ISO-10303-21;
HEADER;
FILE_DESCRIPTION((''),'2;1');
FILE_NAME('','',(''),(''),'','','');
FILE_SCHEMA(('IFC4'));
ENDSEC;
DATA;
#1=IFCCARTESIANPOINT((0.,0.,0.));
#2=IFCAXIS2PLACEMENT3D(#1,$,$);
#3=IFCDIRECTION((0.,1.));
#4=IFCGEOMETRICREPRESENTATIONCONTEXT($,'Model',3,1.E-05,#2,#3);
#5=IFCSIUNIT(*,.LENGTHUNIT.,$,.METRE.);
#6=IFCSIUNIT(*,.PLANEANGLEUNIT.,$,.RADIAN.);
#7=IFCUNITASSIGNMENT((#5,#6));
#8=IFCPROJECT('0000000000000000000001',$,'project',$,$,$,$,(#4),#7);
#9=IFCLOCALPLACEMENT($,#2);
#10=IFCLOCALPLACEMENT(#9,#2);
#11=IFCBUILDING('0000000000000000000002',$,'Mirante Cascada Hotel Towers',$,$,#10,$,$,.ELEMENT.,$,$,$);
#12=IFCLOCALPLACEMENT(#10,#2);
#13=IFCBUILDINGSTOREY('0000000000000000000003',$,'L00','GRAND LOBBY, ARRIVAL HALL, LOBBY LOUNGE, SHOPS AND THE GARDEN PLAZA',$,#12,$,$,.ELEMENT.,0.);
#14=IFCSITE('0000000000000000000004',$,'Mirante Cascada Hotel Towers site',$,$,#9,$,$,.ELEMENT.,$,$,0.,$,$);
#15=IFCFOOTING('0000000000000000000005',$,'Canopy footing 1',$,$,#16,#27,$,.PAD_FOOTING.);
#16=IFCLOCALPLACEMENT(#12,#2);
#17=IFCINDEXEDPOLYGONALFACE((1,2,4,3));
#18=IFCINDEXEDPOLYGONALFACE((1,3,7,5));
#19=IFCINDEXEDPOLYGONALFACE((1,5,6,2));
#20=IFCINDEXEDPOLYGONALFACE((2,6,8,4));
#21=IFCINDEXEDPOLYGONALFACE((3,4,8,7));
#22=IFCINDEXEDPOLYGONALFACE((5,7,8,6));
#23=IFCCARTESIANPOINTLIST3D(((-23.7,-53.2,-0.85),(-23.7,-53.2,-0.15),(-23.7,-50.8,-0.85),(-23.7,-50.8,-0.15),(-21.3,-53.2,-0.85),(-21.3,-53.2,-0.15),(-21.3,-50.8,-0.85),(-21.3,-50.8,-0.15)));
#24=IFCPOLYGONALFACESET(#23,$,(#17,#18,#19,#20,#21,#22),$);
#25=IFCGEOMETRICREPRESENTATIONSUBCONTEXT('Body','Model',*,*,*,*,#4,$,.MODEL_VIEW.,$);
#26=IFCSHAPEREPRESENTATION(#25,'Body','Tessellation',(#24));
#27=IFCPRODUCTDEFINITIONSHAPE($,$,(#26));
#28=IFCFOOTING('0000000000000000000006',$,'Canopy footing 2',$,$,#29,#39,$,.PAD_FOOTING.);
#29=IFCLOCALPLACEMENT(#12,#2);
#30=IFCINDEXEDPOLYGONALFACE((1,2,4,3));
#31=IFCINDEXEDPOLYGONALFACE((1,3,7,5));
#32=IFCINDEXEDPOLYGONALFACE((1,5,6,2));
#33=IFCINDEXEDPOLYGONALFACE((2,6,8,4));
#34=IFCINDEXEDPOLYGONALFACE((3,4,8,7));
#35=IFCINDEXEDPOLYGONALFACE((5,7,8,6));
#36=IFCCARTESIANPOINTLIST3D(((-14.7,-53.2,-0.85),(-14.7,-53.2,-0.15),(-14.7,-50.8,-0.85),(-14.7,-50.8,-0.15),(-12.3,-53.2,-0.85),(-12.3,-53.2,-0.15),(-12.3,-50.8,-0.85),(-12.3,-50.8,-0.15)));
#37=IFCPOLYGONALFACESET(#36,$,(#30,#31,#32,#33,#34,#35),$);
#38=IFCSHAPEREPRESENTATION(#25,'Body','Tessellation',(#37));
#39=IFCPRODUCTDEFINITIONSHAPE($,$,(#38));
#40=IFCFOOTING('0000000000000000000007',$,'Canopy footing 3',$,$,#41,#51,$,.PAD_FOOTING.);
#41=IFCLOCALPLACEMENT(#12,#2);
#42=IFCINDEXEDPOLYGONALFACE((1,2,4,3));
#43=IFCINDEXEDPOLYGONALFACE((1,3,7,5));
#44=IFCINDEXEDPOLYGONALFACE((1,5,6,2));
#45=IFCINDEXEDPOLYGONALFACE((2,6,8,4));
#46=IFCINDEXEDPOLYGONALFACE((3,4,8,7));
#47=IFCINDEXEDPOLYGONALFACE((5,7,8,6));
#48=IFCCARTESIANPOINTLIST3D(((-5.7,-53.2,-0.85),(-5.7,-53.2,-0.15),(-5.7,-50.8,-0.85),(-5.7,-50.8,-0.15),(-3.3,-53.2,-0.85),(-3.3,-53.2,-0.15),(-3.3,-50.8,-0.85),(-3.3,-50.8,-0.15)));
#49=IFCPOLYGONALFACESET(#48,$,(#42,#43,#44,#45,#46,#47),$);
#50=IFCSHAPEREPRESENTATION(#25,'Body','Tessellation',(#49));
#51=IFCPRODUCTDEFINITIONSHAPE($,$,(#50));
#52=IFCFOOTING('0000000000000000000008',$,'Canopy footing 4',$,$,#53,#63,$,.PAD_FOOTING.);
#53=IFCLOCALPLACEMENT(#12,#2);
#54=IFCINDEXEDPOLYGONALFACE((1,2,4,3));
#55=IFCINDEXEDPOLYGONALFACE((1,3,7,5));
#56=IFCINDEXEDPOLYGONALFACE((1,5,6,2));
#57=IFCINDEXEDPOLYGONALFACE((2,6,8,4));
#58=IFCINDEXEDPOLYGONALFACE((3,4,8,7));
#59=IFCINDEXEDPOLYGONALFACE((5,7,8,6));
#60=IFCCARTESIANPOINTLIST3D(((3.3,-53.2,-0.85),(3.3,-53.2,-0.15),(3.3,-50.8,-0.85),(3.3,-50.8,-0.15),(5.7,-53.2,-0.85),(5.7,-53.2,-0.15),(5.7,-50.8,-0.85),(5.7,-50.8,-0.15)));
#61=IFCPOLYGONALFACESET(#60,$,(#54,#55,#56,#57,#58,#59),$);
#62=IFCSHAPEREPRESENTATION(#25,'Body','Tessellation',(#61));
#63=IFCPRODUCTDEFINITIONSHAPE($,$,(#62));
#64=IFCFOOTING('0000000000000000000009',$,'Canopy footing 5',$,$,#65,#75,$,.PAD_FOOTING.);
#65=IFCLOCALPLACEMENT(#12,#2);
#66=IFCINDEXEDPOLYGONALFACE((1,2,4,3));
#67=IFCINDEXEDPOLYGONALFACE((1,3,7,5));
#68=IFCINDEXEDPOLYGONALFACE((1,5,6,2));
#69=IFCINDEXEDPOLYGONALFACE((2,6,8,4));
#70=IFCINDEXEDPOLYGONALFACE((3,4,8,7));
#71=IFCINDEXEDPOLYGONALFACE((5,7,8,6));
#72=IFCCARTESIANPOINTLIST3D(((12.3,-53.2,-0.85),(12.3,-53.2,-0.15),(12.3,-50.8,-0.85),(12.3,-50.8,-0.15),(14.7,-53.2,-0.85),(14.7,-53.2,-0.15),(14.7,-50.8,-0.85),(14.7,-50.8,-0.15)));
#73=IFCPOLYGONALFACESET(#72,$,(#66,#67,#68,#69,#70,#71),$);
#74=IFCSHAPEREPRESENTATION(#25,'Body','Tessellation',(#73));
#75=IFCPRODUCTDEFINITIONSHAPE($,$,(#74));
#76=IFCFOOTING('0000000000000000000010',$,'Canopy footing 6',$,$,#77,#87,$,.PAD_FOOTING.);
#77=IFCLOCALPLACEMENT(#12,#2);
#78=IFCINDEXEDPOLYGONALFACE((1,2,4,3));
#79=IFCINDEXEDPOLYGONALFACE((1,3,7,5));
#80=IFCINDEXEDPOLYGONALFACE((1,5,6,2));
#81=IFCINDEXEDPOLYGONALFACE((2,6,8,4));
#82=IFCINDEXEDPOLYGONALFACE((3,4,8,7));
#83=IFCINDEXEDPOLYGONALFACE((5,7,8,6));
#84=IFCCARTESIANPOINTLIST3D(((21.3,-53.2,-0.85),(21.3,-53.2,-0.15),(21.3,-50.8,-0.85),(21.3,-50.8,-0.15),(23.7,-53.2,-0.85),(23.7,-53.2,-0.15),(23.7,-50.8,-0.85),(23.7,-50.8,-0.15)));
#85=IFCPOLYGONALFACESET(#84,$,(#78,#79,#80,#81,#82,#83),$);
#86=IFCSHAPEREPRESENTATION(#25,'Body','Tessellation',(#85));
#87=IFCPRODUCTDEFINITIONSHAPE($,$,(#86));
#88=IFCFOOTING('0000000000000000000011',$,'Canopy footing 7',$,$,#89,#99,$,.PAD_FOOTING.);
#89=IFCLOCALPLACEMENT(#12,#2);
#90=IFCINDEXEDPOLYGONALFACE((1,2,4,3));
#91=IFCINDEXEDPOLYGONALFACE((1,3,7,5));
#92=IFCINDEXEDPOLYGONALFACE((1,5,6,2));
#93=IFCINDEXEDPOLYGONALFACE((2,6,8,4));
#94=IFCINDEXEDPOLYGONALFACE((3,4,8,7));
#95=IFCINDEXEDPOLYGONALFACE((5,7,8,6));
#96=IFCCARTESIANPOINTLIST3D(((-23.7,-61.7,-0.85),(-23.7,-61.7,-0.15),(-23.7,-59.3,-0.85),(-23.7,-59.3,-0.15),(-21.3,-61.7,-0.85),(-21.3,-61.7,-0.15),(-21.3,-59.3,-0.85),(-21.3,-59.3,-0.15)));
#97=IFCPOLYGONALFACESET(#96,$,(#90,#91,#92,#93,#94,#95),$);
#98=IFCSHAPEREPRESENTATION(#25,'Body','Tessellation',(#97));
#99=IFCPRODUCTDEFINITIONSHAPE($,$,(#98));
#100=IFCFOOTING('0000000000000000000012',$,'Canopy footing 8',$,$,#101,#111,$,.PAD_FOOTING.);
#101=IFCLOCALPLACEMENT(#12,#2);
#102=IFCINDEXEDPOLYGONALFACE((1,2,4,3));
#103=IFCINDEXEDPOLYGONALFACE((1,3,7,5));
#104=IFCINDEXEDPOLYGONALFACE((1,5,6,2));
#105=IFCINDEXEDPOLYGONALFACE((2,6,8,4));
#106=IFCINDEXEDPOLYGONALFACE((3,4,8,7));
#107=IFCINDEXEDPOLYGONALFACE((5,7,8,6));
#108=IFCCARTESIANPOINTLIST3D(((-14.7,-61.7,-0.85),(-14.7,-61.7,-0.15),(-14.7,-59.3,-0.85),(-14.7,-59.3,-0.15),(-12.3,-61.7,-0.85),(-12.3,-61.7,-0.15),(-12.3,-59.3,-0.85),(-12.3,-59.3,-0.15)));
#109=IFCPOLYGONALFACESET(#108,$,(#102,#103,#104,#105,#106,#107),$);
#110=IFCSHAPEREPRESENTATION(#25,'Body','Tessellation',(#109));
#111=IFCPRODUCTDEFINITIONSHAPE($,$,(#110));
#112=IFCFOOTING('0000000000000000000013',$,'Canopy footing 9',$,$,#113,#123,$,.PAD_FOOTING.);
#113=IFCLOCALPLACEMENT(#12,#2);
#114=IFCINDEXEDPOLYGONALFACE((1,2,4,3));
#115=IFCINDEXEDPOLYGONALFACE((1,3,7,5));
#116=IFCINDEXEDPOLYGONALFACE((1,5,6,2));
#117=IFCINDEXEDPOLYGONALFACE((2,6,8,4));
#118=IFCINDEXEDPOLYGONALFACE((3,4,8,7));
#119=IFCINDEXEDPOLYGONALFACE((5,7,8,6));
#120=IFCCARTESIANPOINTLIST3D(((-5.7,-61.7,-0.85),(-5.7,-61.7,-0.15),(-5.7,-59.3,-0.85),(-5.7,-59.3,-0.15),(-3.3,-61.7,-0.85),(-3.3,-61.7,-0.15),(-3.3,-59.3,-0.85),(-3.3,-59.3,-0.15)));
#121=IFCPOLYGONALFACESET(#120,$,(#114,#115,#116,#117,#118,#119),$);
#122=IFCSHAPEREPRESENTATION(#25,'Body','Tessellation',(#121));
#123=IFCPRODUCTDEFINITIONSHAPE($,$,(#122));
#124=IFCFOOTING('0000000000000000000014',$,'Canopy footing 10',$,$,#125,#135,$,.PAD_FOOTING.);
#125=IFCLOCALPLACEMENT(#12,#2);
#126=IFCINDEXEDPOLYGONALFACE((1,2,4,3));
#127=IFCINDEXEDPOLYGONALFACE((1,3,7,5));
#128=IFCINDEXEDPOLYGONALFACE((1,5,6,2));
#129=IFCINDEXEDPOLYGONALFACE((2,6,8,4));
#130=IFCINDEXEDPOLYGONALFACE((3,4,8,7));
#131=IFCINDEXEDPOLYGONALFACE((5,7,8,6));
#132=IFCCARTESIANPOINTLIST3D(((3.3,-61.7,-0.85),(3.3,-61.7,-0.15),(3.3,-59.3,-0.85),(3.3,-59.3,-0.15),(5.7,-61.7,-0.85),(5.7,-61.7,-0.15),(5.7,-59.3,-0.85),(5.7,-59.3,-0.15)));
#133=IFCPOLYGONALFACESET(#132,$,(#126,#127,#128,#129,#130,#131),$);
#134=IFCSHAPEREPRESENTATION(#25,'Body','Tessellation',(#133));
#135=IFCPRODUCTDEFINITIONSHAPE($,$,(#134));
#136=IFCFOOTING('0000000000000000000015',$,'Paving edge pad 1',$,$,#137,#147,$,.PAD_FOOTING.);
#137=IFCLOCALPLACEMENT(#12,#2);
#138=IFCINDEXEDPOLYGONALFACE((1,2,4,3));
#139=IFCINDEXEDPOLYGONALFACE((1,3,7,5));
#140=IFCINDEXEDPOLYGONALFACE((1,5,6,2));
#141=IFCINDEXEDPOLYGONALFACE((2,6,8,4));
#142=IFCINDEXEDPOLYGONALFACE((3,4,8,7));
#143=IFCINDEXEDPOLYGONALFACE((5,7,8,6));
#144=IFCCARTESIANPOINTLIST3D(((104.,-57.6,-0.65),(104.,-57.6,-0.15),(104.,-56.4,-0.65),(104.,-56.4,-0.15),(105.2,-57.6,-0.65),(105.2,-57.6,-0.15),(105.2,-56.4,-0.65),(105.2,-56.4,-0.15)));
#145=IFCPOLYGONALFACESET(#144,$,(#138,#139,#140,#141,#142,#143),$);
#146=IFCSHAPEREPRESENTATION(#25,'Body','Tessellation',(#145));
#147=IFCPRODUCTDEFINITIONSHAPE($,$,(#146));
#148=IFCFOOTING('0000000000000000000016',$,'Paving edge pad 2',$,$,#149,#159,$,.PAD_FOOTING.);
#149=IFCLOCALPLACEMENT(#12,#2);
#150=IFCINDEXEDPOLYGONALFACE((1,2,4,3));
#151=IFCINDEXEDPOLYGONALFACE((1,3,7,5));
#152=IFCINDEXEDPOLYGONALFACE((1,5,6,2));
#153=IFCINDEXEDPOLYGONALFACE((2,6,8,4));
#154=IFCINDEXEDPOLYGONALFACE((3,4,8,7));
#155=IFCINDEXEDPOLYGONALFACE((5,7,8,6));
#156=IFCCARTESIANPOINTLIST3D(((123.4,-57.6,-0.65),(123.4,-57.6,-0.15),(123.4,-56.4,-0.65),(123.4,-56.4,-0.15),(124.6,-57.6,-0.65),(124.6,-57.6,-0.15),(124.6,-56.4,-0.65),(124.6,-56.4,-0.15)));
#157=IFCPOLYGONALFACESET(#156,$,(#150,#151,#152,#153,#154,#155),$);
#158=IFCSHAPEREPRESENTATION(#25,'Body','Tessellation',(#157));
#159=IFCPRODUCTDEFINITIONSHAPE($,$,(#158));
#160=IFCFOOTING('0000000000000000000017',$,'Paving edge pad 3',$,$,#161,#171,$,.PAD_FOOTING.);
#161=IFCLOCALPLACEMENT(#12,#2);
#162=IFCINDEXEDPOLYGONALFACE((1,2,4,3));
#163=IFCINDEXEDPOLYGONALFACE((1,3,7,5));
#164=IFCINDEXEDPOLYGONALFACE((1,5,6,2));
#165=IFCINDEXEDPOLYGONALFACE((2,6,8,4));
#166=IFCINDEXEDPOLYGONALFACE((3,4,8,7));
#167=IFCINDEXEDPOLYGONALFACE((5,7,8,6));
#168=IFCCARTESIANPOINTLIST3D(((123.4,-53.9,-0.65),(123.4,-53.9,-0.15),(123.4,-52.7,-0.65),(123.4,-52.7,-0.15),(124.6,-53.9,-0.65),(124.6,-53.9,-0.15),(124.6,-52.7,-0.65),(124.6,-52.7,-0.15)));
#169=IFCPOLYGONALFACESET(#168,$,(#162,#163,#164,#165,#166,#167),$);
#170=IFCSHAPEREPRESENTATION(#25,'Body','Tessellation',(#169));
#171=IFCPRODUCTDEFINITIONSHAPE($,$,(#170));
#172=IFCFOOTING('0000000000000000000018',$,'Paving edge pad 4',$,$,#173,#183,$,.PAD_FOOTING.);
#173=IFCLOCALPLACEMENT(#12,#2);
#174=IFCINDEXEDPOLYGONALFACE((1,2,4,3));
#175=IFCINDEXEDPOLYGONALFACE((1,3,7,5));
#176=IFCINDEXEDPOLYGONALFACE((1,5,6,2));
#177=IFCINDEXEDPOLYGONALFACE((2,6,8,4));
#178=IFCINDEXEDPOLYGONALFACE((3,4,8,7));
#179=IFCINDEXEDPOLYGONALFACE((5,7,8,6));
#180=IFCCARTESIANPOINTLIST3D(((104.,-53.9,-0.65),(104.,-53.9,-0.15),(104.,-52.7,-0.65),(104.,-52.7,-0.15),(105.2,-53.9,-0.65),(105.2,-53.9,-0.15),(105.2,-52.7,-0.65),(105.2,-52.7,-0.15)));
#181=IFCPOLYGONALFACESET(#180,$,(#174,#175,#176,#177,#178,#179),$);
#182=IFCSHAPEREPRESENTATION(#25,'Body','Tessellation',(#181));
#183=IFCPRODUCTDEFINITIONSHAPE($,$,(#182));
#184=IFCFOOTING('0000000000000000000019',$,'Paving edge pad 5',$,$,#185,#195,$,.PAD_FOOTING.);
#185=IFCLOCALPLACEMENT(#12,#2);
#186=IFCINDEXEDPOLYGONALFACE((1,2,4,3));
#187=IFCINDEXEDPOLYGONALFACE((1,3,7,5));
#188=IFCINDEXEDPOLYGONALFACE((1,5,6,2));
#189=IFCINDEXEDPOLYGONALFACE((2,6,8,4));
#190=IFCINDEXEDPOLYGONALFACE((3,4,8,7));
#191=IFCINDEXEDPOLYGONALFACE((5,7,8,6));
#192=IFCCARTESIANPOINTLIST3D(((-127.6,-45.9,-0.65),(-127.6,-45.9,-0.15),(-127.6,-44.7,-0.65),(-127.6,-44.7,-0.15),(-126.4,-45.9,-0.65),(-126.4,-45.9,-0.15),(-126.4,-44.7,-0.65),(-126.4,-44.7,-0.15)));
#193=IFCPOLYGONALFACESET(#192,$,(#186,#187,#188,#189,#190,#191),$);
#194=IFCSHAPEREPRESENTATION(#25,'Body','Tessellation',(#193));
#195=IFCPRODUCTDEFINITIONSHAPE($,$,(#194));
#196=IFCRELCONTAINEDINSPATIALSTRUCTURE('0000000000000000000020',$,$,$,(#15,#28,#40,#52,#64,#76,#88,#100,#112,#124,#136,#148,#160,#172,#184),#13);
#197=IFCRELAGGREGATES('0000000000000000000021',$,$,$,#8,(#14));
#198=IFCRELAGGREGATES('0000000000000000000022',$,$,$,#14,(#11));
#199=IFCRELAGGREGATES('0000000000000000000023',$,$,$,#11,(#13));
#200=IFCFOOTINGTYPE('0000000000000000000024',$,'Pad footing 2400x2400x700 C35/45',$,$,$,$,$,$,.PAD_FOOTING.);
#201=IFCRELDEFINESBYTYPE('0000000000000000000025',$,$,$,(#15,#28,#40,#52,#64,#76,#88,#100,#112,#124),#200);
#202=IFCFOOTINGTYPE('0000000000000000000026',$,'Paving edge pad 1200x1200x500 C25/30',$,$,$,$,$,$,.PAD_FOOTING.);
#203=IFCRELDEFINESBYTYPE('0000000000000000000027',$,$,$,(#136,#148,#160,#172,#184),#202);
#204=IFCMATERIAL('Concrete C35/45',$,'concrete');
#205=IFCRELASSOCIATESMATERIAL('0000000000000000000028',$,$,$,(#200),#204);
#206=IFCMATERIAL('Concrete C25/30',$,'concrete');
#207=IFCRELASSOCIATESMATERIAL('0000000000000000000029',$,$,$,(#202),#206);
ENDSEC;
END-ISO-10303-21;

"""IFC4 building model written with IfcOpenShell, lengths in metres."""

from ifc_helpers import new_model, si_unit, direction, frame, origin, place, context, subcontext, project, spatial, polyline, outline, extrude, material, type_object, element, save


model = new_model("IFC4")

# Units and contexts
model_context = context("Model", 3, precision=1e-05, world=origin(), true_north=direction((0.0, 1.0)))
body_context = subcontext(model_context, "Body", "Model", "MODEL_VIEW")
ifc_project = project(units=[si_unit("LENGTHUNIT", "METRE"), si_unit("PLANEANGLEUNIT", "RADIAN")], contexts=[model_context])

# Site, building, storey
site_placement = place(None, origin())
site = spatial("IfcSite", under=ifc_project, at=site_placement, Name="Mirante Cascada Hotel Towers site", CompositionType="ELEMENT", RefElevation=0.0)
building_placement = place(site_placement, origin())
building = spatial("IfcBuilding", under=site, at=building_placement, Name="Mirante Cascada Hotel Towers", CompositionType="ELEMENT")
storey_placement = place(building_placement, origin())
storey = spatial("IfcBuildingStorey", under=building, at=storey_placement, Name="L00", Description="GRAND LOBBY, ARRIVAL HALL, LOBBY LOUNGE, SHOPS AND THE GARDEN PLAZA", CompositionType="ELEMENT", Elevation=0.0)

# Footings
ifc_material_1 = material(Name="Concrete C35/45", Category="concrete")
footing_type_1 = type_object("IfcFootingType", Name="Pad footing 2400x2400x700 C35/45", PredefinedType="PAD_FOOTING", material=ifc_material_1)
footing_1_placement = place(storey_placement, frame((0.0, 0.0, -0.85)))
element("IfcFooting", 1, at=footing_1_placement, inside=storey, type_object=footing_type_1, Name="Canopy footing 1", PredefinedType="PAD_FOOTING", context=body_context, shape_type="SweptSolid", body=[
    extrude(outline(polyline([(-23.7, -53.2), (-21.3, -53.2), (-21.3, -50.8), (-23.7, -50.8), (-23.7, -53.2)])), origin(), (0.0, 0.0, 1.0), 0.7),
])
footing_2_placement = place(storey_placement, frame((0.0, 0.0, -0.85)))
element("IfcFooting", 2, at=footing_2_placement, inside=storey, type_object=footing_type_1, Name="Canopy footing 2", PredefinedType="PAD_FOOTING", context=body_context, shape_type="SweptSolid", body=[
    extrude(outline(polyline([(-14.7, -53.2), (-12.3, -53.2), (-12.3, -50.8), (-14.7, -50.8), (-14.7, -53.2)])), origin(), (0.0, 0.0, 1.0), 0.7),
])
footing_3_placement = place(storey_placement, frame((0.0, 0.0, -0.85)))
element("IfcFooting", 3, at=footing_3_placement, inside=storey, type_object=footing_type_1, Name="Canopy footing 3", PredefinedType="PAD_FOOTING", context=body_context, shape_type="SweptSolid", body=[
    extrude(outline(polyline([(-5.7, -53.2), (-3.3, -53.2), (-3.3, -50.8), (-5.7, -50.8), (-5.7, -53.2)])), origin(), (0.0, 0.0, 1.0), 0.7),
])
footing_4_placement = place(storey_placement, frame((0.0, 0.0, -0.85)))
element("IfcFooting", 4, at=footing_4_placement, inside=storey, type_object=footing_type_1, Name="Canopy footing 4", PredefinedType="PAD_FOOTING", context=body_context, shape_type="SweptSolid", body=[
    extrude(outline(polyline([(3.3, -53.2), (5.7, -53.2), (5.7, -50.8), (3.3, -50.8), (3.3, -53.2)])), origin(), (0.0, 0.0, 1.0), 0.7),
])
footing_5_placement = place(storey_placement, frame((0.0, 0.0, -0.85)))
element("IfcFooting", 5, at=footing_5_placement, inside=storey, type_object=footing_type_1, Name="Canopy footing 5", PredefinedType="PAD_FOOTING", context=body_context, shape_type="SweptSolid", body=[
    extrude(outline(polyline([(12.3, -53.2), (14.7, -53.2), (14.7, -50.8), (12.3, -50.8), (12.3, -53.2)])), origin(), (0.0, 0.0, 1.0), 0.7),
])
footing_6_placement = place(storey_placement, frame((0.0, 0.0, -0.85)))
element("IfcFooting", 6, at=footing_6_placement, inside=storey, type_object=footing_type_1, Name="Canopy footing 6", PredefinedType="PAD_FOOTING", context=body_context, shape_type="SweptSolid", body=[
    extrude(outline(polyline([(21.3, -53.2), (23.7, -53.2), (23.7, -50.8), (21.3, -50.8), (21.3, -53.2)])), origin(), (0.0, 0.0, 1.0), 0.7),
])
footing_7_placement = place(storey_placement, frame((0.0, 0.0, -0.85)))
element("IfcFooting", 7, at=footing_7_placement, inside=storey, type_object=footing_type_1, Name="Canopy footing 7", PredefinedType="PAD_FOOTING", context=body_context, shape_type="SweptSolid", body=[
    extrude(outline(polyline([(-23.7, -61.7), (-21.3, -61.7), (-21.3, -59.3), (-23.7, -59.3), (-23.7, -61.7)])), origin(), (0.0, 0.0, 1.0), 0.7),
])
footing_8_placement = place(storey_placement, frame((0.0, 0.0, -0.85)))
element("IfcFooting", 8, at=footing_8_placement, inside=storey, type_object=footing_type_1, Name="Canopy footing 8", PredefinedType="PAD_FOOTING", context=body_context, shape_type="SweptSolid", body=[
    extrude(outline(polyline([(-14.7, -61.7), (-12.3, -61.7), (-12.3, -59.3), (-14.7, -59.3), (-14.7, -61.7)])), origin(), (0.0, 0.0, 1.0), 0.7),
])
footing_9_placement = place(storey_placement, frame((0.0, 0.0, -0.85)))
element("IfcFooting", 9, at=footing_9_placement, inside=storey, type_object=footing_type_1, Name="Canopy footing 9", PredefinedType="PAD_FOOTING", context=body_context, shape_type="SweptSolid", body=[
    extrude(outline(polyline([(-5.7, -61.7), (-3.3, -61.7), (-3.3, -59.3), (-5.7, -59.3), (-5.7, -61.7)])), origin(), (0.0, 0.0, 1.0), 0.7),
])
footing_10_placement = place(storey_placement, frame((0.0, 0.0, -0.85)))
element("IfcFooting", 10, at=footing_10_placement, inside=storey, type_object=footing_type_1, Name="Canopy footing 10", PredefinedType="PAD_FOOTING", context=body_context, shape_type="SweptSolid", body=[
    extrude(outline(polyline([(3.3, -61.7), (5.7, -61.7), (5.7, -59.3), (3.3, -59.3), (3.3, -61.7)])), origin(), (0.0, 0.0, 1.0), 0.7),
])
ifc_material_2 = material(Name="Concrete C25/30", Category="concrete")
footing_type_2 = type_object("IfcFootingType", Name="Paving edge pad 1200x1200x500 C25/30", PredefinedType="PAD_FOOTING", material=ifc_material_2)
footing_11_placement = place(storey_placement, frame((0.0, 0.0, -0.65)))
element("IfcFooting", 11, at=footing_11_placement, inside=storey, type_object=footing_type_2, Name="Paving edge pad 1", PredefinedType="PAD_FOOTING", context=body_context, shape_type="SweptSolid", body=[
    extrude(outline(polyline([(104.0, -57.6), (105.2, -57.6), (105.2, -56.4), (104.0, -56.4), (104.0, -57.6)])), origin(), (0.0, 0.0, 1.0), 0.5),
])
footing_12_placement = place(storey_placement, frame((0.0, 0.0, -0.65)))
element("IfcFooting", 12, at=footing_12_placement, inside=storey, type_object=footing_type_2, Name="Paving edge pad 2", PredefinedType="PAD_FOOTING", context=body_context, shape_type="SweptSolid", body=[
    extrude(outline(polyline([(123.4, -57.6), (124.6, -57.6), (124.6, -56.4), (123.4, -56.4), (123.4, -57.6)])), origin(), (0.0, 0.0, 1.0), 0.5),
])
footing_13_placement = place(storey_placement, frame((0.0, 0.0, -0.65)))
element("IfcFooting", 13, at=footing_13_placement, inside=storey, type_object=footing_type_2, Name="Paving edge pad 3", PredefinedType="PAD_FOOTING", context=body_context, shape_type="SweptSolid", body=[
    extrude(outline(polyline([(123.4, -53.9), (124.6, -53.9), (124.6, -52.7), (123.4, -52.7), (123.4, -53.9)])), origin(), (0.0, 0.0, 1.0), 0.5),
])
footing_14_placement = place(storey_placement, frame((0.0, 0.0, -0.65)))
element("IfcFooting", 14, at=footing_14_placement, inside=storey, type_object=footing_type_2, Name="Paving edge pad 4", PredefinedType="PAD_FOOTING", context=body_context, shape_type="SweptSolid", body=[
    extrude(outline(polyline([(104.0, -53.9), (105.2, -53.9), (105.2, -52.7), (104.0, -52.7), (104.0, -53.9)])), origin(), (0.0, 0.0, 1.0), 0.5),
])
footing_15_placement = place(storey_placement, frame((0.0, 0.0, -0.65)))
element("IfcFooting", 15, at=footing_15_placement, inside=storey, type_object=footing_type_2, Name="Paving edge pad 5", PredefinedType="PAD_FOOTING", context=body_context, shape_type="SweptSolid", body=[
    extrude(outline(polyline([(-127.6, -45.9), (-126.4, -45.9), (-126.4, -44.7), (-127.6, -44.7), (-127.6, -45.9)])), origin(), (0.0, 0.0, 1.0), 0.5),
])

save(model, "model.ifc")
